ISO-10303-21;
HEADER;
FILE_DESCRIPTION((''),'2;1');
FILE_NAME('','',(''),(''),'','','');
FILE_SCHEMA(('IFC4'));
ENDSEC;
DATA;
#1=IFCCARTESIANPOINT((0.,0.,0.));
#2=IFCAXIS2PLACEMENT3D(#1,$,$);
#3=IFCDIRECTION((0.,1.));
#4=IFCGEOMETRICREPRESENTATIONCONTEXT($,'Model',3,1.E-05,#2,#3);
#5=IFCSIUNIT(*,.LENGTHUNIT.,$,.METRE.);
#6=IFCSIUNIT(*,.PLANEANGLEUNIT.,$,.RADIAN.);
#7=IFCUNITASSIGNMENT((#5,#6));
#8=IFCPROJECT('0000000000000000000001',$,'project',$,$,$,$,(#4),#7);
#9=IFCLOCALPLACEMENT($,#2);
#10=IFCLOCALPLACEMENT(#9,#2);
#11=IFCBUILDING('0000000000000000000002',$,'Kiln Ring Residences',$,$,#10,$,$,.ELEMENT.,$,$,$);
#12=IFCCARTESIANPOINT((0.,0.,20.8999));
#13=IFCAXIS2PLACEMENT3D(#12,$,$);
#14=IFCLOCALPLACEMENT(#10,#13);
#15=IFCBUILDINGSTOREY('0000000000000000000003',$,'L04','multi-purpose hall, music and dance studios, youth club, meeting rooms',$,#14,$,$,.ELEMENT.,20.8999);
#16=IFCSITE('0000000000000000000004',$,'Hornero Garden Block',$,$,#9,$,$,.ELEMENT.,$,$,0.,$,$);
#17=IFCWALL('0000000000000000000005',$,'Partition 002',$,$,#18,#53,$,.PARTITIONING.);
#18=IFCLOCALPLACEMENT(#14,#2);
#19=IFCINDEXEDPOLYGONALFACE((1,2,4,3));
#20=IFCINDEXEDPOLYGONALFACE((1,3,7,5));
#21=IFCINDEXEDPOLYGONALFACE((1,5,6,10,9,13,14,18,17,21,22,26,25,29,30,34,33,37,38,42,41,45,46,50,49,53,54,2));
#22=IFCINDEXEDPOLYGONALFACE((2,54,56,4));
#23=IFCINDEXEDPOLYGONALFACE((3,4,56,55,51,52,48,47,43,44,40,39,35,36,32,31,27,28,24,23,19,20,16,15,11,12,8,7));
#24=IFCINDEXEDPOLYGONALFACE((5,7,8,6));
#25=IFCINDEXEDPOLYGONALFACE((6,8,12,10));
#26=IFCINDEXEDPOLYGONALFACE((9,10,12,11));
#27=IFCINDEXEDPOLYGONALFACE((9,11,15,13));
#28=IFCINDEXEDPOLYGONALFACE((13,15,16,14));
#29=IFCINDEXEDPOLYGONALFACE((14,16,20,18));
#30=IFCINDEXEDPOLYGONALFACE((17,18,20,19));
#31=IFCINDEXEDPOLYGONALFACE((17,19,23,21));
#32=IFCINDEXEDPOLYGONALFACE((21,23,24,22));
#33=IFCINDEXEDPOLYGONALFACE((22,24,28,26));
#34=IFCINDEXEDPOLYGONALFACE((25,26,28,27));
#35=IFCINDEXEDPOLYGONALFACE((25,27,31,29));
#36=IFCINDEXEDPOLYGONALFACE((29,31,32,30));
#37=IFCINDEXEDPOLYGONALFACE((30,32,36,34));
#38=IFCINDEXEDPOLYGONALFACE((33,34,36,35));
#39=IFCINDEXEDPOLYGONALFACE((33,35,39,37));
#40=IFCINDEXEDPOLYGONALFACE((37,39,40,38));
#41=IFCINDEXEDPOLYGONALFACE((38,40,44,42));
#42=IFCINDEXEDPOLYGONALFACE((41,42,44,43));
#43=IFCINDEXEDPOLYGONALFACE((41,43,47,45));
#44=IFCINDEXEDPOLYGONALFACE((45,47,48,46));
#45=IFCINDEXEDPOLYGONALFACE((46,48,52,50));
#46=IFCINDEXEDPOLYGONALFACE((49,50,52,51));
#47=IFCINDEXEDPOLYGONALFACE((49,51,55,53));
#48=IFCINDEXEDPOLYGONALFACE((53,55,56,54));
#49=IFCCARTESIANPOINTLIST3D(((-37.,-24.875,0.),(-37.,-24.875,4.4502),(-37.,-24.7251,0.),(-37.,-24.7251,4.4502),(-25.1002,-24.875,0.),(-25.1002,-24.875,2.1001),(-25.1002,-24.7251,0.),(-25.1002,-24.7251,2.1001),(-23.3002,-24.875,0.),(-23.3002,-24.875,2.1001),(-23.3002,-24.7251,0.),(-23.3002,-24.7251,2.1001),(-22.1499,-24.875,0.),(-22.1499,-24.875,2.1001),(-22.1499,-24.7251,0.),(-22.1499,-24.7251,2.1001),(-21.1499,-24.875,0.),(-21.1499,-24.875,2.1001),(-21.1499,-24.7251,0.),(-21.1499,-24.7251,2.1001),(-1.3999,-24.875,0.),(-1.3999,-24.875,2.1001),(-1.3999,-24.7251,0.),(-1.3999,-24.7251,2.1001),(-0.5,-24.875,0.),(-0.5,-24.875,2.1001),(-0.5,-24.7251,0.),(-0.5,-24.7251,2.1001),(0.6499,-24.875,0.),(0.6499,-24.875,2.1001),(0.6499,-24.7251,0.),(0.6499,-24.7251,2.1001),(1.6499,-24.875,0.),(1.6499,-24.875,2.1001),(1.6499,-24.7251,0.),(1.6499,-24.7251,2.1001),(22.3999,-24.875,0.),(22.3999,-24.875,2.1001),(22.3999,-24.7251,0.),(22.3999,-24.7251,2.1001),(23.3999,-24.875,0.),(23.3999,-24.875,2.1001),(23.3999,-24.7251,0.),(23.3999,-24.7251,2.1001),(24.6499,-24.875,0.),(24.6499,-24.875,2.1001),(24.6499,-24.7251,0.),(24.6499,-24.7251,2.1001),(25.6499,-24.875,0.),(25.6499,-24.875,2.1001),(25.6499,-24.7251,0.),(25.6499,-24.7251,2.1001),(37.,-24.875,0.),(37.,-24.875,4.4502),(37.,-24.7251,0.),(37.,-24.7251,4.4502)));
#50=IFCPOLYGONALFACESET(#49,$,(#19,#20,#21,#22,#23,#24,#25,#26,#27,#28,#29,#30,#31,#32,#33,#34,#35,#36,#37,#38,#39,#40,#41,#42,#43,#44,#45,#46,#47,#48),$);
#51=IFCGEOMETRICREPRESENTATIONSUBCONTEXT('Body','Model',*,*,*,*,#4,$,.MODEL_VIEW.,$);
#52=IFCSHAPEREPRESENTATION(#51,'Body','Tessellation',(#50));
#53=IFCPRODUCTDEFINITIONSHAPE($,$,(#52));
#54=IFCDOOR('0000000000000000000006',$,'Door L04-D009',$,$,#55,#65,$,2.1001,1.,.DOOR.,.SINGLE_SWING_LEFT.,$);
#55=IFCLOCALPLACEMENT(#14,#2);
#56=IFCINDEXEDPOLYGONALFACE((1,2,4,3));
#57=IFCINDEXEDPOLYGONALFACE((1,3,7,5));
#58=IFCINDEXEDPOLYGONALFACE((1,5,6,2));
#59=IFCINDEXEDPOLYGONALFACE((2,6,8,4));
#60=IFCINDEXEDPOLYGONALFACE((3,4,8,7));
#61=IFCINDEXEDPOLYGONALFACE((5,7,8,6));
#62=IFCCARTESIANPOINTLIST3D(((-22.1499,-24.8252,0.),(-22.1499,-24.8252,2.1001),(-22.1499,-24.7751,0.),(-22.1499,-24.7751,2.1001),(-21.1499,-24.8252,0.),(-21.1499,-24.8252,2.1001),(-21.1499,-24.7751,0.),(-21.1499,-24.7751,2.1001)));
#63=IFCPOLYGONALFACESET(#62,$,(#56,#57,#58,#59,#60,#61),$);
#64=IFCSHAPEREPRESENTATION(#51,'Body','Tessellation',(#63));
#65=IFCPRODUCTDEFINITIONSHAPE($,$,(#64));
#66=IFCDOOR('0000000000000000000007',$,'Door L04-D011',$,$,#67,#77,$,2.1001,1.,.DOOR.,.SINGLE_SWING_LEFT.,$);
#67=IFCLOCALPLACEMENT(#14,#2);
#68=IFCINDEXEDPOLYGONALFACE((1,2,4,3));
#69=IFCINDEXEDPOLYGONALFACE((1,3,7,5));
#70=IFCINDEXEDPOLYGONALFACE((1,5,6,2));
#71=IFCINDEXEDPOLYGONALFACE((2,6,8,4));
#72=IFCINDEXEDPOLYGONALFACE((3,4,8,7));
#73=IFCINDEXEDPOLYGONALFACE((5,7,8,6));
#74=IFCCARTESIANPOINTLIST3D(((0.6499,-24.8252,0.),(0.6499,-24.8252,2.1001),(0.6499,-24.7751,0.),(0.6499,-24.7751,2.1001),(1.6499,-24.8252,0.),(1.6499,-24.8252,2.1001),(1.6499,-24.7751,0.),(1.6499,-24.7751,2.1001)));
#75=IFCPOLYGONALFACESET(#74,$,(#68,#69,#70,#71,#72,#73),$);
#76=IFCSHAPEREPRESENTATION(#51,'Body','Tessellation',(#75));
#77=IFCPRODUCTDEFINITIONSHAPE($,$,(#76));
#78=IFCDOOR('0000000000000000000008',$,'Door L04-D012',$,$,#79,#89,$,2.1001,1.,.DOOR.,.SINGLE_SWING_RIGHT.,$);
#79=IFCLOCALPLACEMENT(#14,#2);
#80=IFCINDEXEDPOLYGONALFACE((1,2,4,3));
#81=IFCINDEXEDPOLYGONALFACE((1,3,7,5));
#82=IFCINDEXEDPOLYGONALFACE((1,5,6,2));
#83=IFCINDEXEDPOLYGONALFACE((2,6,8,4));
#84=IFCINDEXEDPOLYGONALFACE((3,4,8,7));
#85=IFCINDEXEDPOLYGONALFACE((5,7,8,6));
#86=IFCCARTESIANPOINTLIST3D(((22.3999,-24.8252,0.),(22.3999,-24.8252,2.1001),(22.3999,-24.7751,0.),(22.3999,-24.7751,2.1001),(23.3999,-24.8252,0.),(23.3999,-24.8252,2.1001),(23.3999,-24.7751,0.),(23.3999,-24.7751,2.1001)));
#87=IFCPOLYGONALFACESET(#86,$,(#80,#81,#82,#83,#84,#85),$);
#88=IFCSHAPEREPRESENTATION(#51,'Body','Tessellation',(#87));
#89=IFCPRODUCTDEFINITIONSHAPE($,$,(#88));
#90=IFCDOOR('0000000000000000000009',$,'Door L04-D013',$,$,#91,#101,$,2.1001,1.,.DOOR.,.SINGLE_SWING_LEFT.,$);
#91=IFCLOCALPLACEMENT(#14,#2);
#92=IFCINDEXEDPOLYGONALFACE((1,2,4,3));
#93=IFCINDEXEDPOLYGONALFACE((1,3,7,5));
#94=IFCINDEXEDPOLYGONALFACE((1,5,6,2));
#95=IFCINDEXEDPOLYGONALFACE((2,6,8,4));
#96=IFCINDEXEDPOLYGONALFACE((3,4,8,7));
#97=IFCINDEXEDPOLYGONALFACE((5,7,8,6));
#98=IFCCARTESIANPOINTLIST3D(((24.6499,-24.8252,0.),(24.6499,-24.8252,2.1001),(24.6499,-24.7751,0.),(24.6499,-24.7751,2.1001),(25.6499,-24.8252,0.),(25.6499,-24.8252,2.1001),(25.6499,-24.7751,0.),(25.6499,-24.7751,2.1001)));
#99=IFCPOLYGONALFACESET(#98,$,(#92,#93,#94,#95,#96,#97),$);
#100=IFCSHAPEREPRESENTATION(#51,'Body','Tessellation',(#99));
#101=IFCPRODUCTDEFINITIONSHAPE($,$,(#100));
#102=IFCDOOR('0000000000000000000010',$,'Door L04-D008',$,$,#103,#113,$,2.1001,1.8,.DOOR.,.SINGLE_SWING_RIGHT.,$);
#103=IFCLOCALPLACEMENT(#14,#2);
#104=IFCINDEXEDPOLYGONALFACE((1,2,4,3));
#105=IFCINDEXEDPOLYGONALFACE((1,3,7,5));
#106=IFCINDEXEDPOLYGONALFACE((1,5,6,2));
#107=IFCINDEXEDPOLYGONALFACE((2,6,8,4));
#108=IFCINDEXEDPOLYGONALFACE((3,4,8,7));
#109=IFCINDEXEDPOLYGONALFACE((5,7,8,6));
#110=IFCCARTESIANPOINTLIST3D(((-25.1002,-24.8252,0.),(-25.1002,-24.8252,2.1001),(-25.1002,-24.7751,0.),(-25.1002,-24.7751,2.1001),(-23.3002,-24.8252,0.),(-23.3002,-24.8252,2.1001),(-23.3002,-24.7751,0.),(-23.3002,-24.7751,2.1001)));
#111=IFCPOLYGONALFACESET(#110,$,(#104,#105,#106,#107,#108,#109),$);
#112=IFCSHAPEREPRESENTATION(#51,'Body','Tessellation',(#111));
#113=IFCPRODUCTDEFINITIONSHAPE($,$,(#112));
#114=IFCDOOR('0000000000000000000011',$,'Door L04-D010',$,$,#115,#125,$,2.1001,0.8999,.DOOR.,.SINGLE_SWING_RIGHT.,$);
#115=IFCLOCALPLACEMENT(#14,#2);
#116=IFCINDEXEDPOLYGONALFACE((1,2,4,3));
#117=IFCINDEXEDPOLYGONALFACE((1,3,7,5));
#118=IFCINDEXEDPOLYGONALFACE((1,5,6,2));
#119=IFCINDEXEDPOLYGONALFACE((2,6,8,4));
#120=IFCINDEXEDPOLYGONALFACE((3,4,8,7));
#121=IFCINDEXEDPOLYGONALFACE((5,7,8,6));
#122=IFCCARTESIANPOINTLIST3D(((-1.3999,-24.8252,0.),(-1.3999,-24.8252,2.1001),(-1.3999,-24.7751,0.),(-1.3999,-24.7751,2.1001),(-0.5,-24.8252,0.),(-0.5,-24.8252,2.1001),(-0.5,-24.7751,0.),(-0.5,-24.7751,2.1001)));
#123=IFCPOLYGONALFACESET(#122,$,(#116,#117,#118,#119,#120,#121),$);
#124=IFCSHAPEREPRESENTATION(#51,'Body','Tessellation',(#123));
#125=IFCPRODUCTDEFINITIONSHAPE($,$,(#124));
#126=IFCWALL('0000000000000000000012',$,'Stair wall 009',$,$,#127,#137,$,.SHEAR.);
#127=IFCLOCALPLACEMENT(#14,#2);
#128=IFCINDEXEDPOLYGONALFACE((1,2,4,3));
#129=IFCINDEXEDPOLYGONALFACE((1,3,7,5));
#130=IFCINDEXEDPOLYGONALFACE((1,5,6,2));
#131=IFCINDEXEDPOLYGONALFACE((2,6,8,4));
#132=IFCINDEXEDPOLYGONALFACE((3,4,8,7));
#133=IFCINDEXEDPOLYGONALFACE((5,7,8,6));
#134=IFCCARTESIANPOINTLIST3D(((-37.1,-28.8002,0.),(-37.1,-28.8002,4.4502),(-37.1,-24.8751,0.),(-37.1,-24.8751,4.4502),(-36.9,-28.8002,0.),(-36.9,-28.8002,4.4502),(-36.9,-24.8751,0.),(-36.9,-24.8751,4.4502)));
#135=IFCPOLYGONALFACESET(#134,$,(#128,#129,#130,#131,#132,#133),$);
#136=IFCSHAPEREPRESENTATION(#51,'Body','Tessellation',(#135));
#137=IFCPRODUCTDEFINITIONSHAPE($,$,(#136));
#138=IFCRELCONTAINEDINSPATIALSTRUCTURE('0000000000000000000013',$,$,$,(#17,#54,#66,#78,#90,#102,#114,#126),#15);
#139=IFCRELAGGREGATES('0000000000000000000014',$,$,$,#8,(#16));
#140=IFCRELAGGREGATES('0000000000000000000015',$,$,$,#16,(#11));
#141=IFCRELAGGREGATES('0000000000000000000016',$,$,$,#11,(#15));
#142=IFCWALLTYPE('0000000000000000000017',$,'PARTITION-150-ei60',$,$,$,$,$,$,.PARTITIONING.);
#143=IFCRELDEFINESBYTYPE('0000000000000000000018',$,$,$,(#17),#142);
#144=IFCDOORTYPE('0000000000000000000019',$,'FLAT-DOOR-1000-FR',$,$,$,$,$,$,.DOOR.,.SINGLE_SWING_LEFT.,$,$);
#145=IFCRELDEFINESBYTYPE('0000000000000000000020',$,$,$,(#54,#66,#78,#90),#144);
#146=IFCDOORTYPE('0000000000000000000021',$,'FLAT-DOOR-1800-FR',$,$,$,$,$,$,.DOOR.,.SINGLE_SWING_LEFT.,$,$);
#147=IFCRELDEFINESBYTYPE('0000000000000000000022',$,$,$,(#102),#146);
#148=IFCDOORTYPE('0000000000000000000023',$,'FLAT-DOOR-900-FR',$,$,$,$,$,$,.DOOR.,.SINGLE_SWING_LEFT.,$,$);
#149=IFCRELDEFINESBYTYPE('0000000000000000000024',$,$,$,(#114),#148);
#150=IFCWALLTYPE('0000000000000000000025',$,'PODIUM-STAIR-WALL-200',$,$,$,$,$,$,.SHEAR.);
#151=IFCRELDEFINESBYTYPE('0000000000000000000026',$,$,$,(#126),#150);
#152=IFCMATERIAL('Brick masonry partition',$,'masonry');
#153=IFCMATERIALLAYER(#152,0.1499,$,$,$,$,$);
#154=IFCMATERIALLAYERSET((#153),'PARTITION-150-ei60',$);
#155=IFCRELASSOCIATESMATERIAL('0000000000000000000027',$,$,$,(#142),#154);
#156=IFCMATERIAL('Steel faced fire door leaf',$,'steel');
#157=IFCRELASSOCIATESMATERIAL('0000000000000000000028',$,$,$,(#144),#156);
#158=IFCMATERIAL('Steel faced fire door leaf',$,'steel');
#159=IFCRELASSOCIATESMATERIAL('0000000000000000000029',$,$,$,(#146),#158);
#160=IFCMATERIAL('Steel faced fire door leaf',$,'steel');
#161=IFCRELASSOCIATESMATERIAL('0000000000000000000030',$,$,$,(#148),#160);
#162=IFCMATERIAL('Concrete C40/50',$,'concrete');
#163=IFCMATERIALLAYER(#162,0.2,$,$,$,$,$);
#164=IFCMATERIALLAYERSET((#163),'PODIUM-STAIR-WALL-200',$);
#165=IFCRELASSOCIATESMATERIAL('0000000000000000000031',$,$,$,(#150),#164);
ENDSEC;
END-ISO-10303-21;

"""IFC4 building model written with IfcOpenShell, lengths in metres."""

from ifc_helpers import new_model, si_unit, direction, frame, frame_2d, origin, place, context, subcontext, project, spatial, rectangle, extrude, material, layer, layer_set, type_object, element, fill, save


model = new_model("IFC4")

# Units and contexts
model_context = context("Model", 3, precision=1e-05, world=origin(), true_north=direction((0.0, 1.0)))
body_context = subcontext(model_context, "Body", "Model", "MODEL_VIEW")
ifc_project = project(units=[si_unit("LENGTHUNIT", "METRE"), si_unit("PLANEANGLEUNIT", "RADIAN")], contexts=[model_context])

# Site, building, storey
site_placement = place(None, origin())
site = spatial("IfcSite", under=ifc_project, at=site_placement, Name="Hornero Garden Block", CompositionType="ELEMENT", RefElevation=0.0)
building_placement = place(site_placement, origin())
building = spatial("IfcBuilding", under=site, at=building_placement, Name="Kiln Ring Residences", CompositionType="ELEMENT")
storey_placement = place(building_placement, frame((0.0, 0.0, 20.8999)))
storey = spatial("IfcBuildingStorey", under=building, at=storey_placement, Name="L04", Description="multi-purpose hall, music and dance studios, youth club, meeting rooms", CompositionType="ELEMENT", Elevation=20.8999)

# Wall, openings, doors
ifc_material_1 = material(Name="Brick masonry partition", Category="masonry")
ifc_layer_1 = layer(ifc_material_1, 0.1499)
ifc_layer_set_1 = layer_set([ifc_layer_1], Name="PARTITION-150-ei60")
wall_type_1 = type_object("IfcWallType", Name="PARTITION-150-ei60", PredefinedType="PARTITIONING", material=ifc_layer_set_1)
wall_1_placement = place(storey_placement, frame((-37.0, -24.8, 0.0), z_axis=(0.0, 0.0, 1.0), x_axis=(1.0, 0.0, 0.0)))
wall_1 = element("IfcWall", 1, at=wall_1_placement, inside=storey, type_object=wall_type_1, Name="Partition 002", PredefinedType="PARTITIONING", context=body_context, shape_type="SweptSolid", body=[
    extrude(rectangle(XDim=74.0, YDim=0.1499, at=frame_2d((37.0, 0.0))), origin(), (0.0, 0.0, 1.0), 4.4502),
])
opening_1_placement = place(wall_1_placement, frame((11.8999, 0.0, 0.0)))
opening_1 = element("IfcOpeningElement", 2, at=opening_1_placement, cuts=wall_1, PredefinedType="OPENING", context=body_context, shape_type="SweptSolid", body=[
    extrude(rectangle(XDim=1.8, YDim=2.1001, at=frame_2d((0.8999, 1.05))), frame((0.0, 0.085, 0.0), z_axis=(0.0, -1.0, 0.0), x_axis=(1.0, 0.0, 0.0)), (0.0, 0.0, 1.0), 0.1699),
])
opening_2_placement = place(wall_1_placement, frame((14.8501, 0.0, 0.0)))
opening_2 = element("IfcOpeningElement", 3, at=opening_2_placement, cuts=wall_1, PredefinedType="OPENING", context=body_context, shape_type="SweptSolid", body=[
    extrude(rectangle(XDim=1.0, YDim=2.1001, at=frame_2d((0.5, 1.05))), frame((0.0, 0.085, 0.0), z_axis=(0.0, -1.0, 0.0), x_axis=(1.0, 0.0, 0.0)), (0.0, 0.0, 1.0), 0.1699),
])
opening_3_placement = place(wall_1_placement, frame((35.6001, 0.0, 0.0)))
opening_3 = element("IfcOpeningElement", 4, at=opening_3_placement, cuts=wall_1, PredefinedType="OPENING", context=body_context, shape_type="SweptSolid", body=[
    extrude(rectangle(XDim=0.8999, YDim=2.1001, at=frame_2d((0.45, 1.05))), frame((0.0, 0.085, 0.0), z_axis=(0.0, -1.0, 0.0), x_axis=(1.0, 0.0, 0.0)), (0.0, 0.0, 1.0), 0.1699),
])
opening_4_placement = place(wall_1_placement, frame((37.6499, 0.0, 0.0)))
opening_4 = element("IfcOpeningElement", 5, at=opening_4_placement, cuts=wall_1, PredefinedType="OPENING", context=body_context, shape_type="SweptSolid", body=[
    extrude(rectangle(XDim=1.0, YDim=2.1001, at=frame_2d((0.5, 1.05))), frame((0.0, 0.085, 0.0), z_axis=(0.0, -1.0, 0.0), x_axis=(1.0, 0.0, 0.0)), (0.0, 0.0, 1.0), 0.1699),
])
opening_5_placement = place(wall_1_placement, frame((59.3999, 0.0, 0.0)))
opening_5 = element("IfcOpeningElement", 6, at=opening_5_placement, cuts=wall_1, PredefinedType="OPENING", context=body_context, shape_type="SweptSolid", body=[
    extrude(rectangle(XDim=1.0, YDim=2.1001, at=frame_2d((0.5, 1.05))), frame((0.0, 0.085, 0.0), z_axis=(0.0, -1.0, 0.0), x_axis=(1.0, 0.0, 0.0)), (0.0, 0.0, 1.0), 0.1699),
])
opening_6_placement = place(wall_1_placement, frame((61.6499, 0.0, 0.0)))
opening_6 = element("IfcOpeningElement", 7, at=opening_6_placement, cuts=wall_1, PredefinedType="OPENING", context=body_context, shape_type="SweptSolid", body=[
    extrude(rectangle(XDim=1.0, YDim=2.1001, at=frame_2d((0.5, 1.05))), frame((0.0, 0.085, 0.0), z_axis=(0.0, -1.0, 0.0), x_axis=(1.0, 0.0, 0.0)), (0.0, 0.0, 1.0), 0.1699),
])
ifc_material_2 = material(Name="Steel faced fire door leaf", Category="steel")
door_type_1 = type_object("IfcDoorType", Name="FLAT-DOOR-1000-FR", OperationType="SINGLE_SWING_LEFT", PredefinedType="DOOR", material=ifc_material_2)
door_1_placement = place(opening_2_placement, origin())
door_1 = element("IfcDoor", 8, at=door_1_placement, inside=storey, type_object=door_type_1, Name="Door L04-D009", OperationType="SINGLE_SWING_LEFT", OverallHeight=2.1001, OverallWidth=1.0, PredefinedType="DOOR", context=body_context, shape_type="SweptSolid", body=[
    extrude(rectangle(XDim=1.0, YDim=2.1001, at=frame_2d((0.5, 1.05))), frame((0.0, 0.0249, 0.0), z_axis=(0.0, -1.0, 0.0), x_axis=(1.0, 0.0, 0.0)), (0.0, 0.0, 1.0), 0.05),
])
fill(opening_2, door_1)
door_2_placement = place(opening_4_placement, origin())
door_2 = element("IfcDoor", 9, at=door_2_placement, inside=storey, type_object=door_type_1, Name="Door L04-D011", OperationType="SINGLE_SWING_LEFT", OverallHeight=2.1001, OverallWidth=1.0, PredefinedType="DOOR", context=body_context, shape_type="SweptSolid", body=[
    extrude(rectangle(XDim=1.0, YDim=2.1001, at=frame_2d((0.5, 1.05))), frame((0.0, 0.0249, 0.0), z_axis=(0.0, -1.0, 0.0), x_axis=(1.0, 0.0, 0.0)), (0.0, 0.0, 1.0), 0.05),
])
fill(opening_4, door_2)
door_3_placement = place(opening_5_placement, origin())
door_3 = element("IfcDoor", 10, at=door_3_placement, inside=storey, type_object=door_type_1, Name="Door L04-D012", OperationType="SINGLE_SWING_RIGHT", OverallHeight=2.1001, OverallWidth=1.0, PredefinedType="DOOR", context=body_context, shape_type="SweptSolid", body=[
    extrude(rectangle(XDim=1.0, YDim=2.1001, at=frame_2d((0.5, 1.05))), frame((0.0, 0.0249, 0.0), z_axis=(0.0, -1.0, 0.0), x_axis=(1.0, 0.0, 0.0)), (0.0, 0.0, 1.0), 0.05),
])
fill(opening_5, door_3)
door_4_placement = place(opening_6_placement, origin())
door_4 = element("IfcDoor", 11, at=door_4_placement, inside=storey, type_object=door_type_1, Name="Door L04-D013", OperationType="SINGLE_SWING_LEFT", OverallHeight=2.1001, OverallWidth=1.0, PredefinedType="DOOR", context=body_context, shape_type="SweptSolid", body=[
    extrude(rectangle(XDim=1.0, YDim=2.1001, at=frame_2d((0.5, 1.05))), frame((0.0, 0.0249, 0.0), z_axis=(0.0, -1.0, 0.0), x_axis=(1.0, 0.0, 0.0)), (0.0, 0.0, 1.0), 0.05),
])
fill(opening_6, door_4)
ifc_material_3 = material(Name="Steel faced fire door leaf", Category="steel")
door_type_2 = type_object("IfcDoorType", Name="FLAT-DOOR-1800-FR", OperationType="SINGLE_SWING_LEFT", PredefinedType="DOOR", material=ifc_material_3)
door_5_placement = place(opening_1_placement, origin())
door_5 = element("IfcDoor", 12, at=door_5_placement, inside=storey, type_object=door_type_2, Name="Door L04-D008", OperationType="SINGLE_SWING_RIGHT", OverallHeight=2.1001, OverallWidth=1.8, PredefinedType="DOOR", context=body_context, shape_type="SweptSolid", body=[
    extrude(rectangle(XDim=1.8, YDim=2.1001, at=frame_2d((0.8999, 1.05))), frame((0.0, 0.0249, 0.0), z_axis=(0.0, -1.0, 0.0), x_axis=(1.0, 0.0, 0.0)), (0.0, 0.0, 1.0), 0.05),
])
fill(opening_1, door_5)
ifc_material_4 = material(Name="Steel faced fire door leaf", Category="steel")
door_type_3 = type_object("IfcDoorType", Name="FLAT-DOOR-900-FR", OperationType="SINGLE_SWING_LEFT", PredefinedType="DOOR", material=ifc_material_4)
door_6_placement = place(opening_3_placement, origin())
door_6 = element("IfcDoor", 13, at=door_6_placement, inside=storey, type_object=door_type_3, Name="Door L04-D010", OperationType="SINGLE_SWING_RIGHT", OverallHeight=2.1001, OverallWidth=0.8999, PredefinedType="DOOR", context=body_context, shape_type="SweptSolid", body=[
    extrude(rectangle(XDim=0.8999, YDim=2.1001, at=frame_2d((0.45, 1.05))), frame((0.0, 0.0249, 0.0), z_axis=(0.0, -1.0, 0.0), x_axis=(1.0, 0.0, 0.0)), (0.0, 0.0, 1.0), 0.05),
])
fill(opening_3, door_6)

# Wall
ifc_material_5 = material(Name="Concrete C40/50", Category="concrete")
ifc_layer_2 = layer(ifc_material_5, 0.2)
ifc_layer_set_2 = layer_set([ifc_layer_2], Name="PODIUM-STAIR-WALL-200")
wall_type_2 = type_object("IfcWallType", Name="PODIUM-STAIR-WALL-200", PredefinedType="SHEAR", material=ifc_layer_set_2)
wall_2_placement = place(storey_placement, frame((-37.0, -28.8, 0.0), z_axis=(0.0, 0.0, 1.0), x_axis=(0.0, 1.0, 0.0)))
element("IfcWall", 14, at=wall_2_placement, inside=storey, type_object=wall_type_2, Name="Stair wall 009", PredefinedType="SHEAR", context=body_context, shape_type="SweptSolid", body=[
    extrude(rectangle(XDim=3.925, YDim=0.2, at=frame_2d((1.9624, 0.0))), origin(), (0.0, 0.0, 1.0), 4.4502),
])

save(model, "model.ifc")
